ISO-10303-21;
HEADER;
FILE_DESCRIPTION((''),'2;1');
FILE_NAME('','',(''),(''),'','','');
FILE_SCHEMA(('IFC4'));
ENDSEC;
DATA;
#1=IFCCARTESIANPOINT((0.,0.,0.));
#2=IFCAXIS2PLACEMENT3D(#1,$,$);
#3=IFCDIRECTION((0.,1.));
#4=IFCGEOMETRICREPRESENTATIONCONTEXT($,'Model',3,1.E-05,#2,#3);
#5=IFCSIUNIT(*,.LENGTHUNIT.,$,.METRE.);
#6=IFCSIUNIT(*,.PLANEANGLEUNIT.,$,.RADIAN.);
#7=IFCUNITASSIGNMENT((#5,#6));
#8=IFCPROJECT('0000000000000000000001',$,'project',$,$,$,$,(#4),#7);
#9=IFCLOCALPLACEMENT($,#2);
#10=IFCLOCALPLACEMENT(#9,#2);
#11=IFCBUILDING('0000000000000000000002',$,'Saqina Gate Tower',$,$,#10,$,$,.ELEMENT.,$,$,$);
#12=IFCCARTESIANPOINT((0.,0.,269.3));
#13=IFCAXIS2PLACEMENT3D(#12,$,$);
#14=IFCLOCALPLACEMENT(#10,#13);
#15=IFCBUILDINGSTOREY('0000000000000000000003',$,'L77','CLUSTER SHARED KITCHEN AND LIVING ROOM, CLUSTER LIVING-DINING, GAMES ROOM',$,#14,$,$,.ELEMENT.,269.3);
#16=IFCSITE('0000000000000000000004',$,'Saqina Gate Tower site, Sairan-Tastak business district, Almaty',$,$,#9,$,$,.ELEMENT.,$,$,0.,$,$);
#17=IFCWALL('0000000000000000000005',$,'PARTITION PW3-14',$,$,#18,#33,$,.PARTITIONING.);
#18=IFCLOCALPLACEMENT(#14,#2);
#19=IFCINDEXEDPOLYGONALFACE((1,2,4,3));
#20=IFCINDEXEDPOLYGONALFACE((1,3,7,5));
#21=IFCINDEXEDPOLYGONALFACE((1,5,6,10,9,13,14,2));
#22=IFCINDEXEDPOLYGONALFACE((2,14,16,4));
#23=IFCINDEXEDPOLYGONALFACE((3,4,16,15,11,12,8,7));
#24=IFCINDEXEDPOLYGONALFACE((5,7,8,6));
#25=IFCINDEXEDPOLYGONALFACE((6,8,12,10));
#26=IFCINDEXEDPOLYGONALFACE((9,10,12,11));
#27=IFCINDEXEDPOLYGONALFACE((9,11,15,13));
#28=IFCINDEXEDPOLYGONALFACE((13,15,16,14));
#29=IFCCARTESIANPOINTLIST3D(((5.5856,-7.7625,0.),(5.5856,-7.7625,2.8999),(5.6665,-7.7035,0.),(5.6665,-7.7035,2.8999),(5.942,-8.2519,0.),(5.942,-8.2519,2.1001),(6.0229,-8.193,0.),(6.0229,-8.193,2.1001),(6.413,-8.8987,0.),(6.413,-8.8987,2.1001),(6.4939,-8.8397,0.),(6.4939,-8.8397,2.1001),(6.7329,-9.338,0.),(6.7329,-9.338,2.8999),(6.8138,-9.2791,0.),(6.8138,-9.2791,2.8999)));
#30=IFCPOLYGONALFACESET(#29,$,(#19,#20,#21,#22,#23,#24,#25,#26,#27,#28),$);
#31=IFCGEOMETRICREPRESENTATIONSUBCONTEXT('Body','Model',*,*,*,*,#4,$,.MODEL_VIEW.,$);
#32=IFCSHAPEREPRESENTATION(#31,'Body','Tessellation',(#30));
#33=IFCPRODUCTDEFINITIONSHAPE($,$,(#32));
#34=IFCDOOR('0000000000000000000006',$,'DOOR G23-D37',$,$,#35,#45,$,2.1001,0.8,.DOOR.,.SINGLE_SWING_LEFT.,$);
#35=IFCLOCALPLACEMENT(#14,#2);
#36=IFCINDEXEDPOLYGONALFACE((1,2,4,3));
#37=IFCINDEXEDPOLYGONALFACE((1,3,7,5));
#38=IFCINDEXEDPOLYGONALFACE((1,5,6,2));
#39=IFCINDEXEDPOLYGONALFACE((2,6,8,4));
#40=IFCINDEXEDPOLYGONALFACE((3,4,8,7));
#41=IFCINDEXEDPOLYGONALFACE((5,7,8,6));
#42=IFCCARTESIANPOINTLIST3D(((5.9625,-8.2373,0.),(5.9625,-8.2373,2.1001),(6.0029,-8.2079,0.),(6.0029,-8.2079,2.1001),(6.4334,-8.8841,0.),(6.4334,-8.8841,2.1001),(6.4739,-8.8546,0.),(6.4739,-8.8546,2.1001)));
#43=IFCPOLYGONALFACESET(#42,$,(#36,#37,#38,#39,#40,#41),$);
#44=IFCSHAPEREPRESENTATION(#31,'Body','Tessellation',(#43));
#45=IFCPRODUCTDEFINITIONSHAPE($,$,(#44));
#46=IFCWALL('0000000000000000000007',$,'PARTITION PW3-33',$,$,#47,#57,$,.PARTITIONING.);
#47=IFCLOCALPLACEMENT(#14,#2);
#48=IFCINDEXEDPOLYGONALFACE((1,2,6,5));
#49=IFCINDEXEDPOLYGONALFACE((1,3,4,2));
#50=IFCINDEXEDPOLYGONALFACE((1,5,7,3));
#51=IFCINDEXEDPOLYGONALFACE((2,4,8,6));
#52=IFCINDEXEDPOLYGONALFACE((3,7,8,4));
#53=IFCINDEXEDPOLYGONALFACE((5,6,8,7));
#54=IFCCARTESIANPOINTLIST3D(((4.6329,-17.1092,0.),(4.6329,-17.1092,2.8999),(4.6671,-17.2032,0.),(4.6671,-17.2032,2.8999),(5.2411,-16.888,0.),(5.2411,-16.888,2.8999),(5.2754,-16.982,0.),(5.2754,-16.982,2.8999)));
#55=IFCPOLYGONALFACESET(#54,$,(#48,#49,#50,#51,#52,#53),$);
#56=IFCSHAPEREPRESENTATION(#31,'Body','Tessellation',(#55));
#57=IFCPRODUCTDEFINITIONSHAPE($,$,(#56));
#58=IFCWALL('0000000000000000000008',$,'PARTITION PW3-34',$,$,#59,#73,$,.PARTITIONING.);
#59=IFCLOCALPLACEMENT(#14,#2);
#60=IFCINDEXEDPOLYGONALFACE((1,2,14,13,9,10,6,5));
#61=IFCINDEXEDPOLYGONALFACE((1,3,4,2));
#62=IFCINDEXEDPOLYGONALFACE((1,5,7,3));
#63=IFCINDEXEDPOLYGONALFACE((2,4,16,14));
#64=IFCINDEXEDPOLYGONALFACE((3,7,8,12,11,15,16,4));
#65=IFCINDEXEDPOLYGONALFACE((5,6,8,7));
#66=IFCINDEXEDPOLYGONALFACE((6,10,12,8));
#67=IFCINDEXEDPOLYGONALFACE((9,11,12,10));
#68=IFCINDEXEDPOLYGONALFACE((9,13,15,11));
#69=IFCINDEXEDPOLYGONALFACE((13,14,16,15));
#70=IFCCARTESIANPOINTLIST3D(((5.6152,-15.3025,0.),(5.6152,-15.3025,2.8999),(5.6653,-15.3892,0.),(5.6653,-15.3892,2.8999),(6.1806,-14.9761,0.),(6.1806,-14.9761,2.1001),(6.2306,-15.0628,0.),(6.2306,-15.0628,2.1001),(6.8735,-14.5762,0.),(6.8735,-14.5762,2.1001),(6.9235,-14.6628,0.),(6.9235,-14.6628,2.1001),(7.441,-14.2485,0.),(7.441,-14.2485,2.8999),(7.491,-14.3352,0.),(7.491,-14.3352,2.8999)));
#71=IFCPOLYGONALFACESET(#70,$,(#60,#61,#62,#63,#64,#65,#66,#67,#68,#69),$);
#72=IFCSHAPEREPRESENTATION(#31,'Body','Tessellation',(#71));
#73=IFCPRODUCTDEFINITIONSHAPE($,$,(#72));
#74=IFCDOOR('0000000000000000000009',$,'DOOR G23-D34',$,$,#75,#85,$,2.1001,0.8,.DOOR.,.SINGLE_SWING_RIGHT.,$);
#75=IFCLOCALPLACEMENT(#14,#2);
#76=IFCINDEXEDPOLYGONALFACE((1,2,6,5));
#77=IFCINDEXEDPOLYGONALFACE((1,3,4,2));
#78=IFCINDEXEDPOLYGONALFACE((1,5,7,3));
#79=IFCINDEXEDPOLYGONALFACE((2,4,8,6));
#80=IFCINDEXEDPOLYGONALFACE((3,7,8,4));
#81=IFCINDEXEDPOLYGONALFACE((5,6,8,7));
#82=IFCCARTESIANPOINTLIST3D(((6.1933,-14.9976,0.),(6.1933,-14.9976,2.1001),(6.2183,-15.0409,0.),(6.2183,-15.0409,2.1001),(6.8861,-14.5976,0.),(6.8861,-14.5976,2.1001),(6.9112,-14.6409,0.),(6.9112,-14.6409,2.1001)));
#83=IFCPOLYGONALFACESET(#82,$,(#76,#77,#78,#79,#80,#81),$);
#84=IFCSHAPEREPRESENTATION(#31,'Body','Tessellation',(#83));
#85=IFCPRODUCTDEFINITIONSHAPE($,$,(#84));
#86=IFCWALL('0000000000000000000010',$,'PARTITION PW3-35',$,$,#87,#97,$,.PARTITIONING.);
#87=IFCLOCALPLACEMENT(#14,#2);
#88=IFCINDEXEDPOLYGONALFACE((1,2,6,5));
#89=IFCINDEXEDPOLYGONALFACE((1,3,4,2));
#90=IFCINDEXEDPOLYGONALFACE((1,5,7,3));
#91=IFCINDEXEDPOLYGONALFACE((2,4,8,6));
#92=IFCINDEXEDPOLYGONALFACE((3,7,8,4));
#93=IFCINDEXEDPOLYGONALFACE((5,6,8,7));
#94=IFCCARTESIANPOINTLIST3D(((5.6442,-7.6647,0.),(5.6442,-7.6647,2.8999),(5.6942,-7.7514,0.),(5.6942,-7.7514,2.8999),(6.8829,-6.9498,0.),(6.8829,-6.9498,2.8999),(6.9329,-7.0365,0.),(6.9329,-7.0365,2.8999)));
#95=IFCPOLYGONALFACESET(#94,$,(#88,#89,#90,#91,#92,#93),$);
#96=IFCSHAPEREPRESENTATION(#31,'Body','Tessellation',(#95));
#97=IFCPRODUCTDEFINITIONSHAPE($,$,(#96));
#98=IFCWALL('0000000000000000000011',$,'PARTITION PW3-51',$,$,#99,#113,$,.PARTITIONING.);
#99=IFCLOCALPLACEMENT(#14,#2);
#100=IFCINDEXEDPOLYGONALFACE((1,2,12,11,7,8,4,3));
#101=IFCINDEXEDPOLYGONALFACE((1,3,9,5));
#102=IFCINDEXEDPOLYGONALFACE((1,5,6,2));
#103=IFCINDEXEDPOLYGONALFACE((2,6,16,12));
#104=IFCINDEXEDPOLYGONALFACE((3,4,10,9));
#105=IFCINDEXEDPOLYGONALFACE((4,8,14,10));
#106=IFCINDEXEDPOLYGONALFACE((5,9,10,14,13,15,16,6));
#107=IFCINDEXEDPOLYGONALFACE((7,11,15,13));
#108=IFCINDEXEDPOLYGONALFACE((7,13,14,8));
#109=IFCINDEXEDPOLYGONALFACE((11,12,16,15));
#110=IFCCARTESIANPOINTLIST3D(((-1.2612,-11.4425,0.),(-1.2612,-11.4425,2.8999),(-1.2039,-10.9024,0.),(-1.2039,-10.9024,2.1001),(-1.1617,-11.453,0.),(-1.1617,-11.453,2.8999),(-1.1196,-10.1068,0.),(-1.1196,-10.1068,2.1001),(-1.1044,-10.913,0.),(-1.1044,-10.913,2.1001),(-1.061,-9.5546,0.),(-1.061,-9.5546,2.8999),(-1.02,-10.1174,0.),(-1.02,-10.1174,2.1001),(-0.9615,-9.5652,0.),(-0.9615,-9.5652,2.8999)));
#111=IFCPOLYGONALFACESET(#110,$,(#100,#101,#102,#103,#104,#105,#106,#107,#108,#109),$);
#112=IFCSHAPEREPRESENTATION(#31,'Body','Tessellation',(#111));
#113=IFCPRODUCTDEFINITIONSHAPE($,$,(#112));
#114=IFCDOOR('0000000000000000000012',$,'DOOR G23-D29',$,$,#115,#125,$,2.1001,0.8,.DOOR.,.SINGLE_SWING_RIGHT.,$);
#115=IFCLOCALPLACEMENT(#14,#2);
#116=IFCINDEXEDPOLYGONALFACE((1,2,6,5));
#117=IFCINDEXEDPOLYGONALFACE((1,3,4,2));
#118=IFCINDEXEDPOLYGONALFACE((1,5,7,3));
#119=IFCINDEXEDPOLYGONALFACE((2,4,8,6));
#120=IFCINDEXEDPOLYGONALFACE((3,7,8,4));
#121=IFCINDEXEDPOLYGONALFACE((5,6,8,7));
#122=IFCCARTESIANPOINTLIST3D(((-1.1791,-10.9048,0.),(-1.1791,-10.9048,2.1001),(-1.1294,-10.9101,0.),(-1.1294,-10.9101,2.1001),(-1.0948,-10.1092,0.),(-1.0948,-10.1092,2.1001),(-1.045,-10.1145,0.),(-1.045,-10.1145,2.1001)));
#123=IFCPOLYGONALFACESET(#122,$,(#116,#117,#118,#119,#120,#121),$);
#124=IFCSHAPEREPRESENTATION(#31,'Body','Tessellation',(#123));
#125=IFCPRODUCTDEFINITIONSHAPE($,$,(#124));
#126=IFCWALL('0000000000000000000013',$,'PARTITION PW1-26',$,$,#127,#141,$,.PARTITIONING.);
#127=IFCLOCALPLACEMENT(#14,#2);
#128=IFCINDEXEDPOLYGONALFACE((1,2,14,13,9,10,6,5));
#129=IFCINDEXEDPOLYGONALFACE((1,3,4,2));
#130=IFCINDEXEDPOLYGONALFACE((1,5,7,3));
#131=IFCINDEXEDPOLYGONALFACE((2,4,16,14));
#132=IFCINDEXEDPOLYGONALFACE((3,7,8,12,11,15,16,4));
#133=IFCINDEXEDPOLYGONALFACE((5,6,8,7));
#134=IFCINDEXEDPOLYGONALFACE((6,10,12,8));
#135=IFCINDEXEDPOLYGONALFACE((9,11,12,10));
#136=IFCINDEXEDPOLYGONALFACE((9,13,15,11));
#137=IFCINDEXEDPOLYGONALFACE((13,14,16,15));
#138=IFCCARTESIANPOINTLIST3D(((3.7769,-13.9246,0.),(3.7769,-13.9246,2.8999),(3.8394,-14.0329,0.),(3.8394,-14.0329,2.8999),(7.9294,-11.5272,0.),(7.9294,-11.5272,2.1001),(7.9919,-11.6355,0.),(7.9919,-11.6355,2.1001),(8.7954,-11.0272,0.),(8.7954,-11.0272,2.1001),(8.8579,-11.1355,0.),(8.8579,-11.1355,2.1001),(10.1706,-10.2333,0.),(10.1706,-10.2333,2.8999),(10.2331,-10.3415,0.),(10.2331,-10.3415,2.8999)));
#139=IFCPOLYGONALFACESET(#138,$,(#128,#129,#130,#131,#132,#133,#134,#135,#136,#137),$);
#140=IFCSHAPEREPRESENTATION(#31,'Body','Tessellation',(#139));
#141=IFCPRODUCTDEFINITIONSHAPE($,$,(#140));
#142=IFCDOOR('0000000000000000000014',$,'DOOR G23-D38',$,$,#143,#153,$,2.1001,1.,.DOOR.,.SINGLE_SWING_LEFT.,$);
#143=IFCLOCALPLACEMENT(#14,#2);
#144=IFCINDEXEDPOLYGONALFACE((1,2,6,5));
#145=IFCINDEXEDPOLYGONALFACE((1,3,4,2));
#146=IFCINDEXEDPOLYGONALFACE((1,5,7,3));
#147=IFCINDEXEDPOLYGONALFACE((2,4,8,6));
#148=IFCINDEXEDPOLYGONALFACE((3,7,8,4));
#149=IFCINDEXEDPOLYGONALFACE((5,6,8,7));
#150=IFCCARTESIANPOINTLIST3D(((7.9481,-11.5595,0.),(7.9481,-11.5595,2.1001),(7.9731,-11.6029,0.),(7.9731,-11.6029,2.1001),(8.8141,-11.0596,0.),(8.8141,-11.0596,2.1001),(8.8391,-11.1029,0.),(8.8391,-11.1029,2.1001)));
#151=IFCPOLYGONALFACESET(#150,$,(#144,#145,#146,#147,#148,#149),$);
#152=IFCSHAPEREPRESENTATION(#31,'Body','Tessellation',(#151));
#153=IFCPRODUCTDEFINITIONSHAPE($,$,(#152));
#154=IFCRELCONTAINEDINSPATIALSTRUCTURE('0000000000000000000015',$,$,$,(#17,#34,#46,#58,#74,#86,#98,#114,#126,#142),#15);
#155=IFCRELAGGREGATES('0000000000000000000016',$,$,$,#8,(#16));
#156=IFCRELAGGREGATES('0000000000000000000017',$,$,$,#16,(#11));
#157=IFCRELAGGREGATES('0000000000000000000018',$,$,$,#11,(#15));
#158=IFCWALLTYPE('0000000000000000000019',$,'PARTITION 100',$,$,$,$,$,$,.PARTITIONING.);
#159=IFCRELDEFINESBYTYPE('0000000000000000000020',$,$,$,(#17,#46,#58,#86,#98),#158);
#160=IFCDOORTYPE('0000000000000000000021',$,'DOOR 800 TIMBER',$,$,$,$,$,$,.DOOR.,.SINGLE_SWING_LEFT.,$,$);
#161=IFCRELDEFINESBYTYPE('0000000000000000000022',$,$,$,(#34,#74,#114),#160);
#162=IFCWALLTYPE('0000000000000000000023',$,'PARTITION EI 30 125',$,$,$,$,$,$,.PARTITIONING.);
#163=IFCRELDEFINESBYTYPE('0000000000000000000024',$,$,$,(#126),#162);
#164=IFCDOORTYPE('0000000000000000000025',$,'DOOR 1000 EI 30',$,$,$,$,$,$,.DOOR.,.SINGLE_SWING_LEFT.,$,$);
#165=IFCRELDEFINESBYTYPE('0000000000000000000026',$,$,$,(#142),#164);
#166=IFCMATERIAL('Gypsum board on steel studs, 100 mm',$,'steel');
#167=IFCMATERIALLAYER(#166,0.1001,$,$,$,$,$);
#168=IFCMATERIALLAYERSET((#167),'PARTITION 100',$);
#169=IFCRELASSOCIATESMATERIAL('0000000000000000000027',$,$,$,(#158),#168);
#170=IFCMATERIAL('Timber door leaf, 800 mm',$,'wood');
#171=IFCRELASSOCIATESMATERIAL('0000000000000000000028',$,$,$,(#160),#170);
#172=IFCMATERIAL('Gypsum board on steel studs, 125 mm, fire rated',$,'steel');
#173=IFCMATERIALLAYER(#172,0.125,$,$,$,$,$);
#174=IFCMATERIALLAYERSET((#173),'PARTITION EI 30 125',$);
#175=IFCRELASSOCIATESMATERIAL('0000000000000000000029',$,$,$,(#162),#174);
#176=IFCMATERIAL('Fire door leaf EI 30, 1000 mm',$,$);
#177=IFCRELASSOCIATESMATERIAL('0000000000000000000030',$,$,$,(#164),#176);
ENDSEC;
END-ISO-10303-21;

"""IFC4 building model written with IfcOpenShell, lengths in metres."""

from ifc_helpers import new_model, si_unit, direction, frame, frame_2d, origin, place, context, subcontext, project, spatial, rectangle, extrude, material, layer, layer_set, type_object, element, fill, save


model = new_model("IFC4")

# Units and contexts
model_context = context("Model", 3, precision=1e-05, world=origin(), true_north=direction((0.0, 1.0)))
body_context = subcontext(model_context, "Body", "Model", "MODEL_VIEW")
ifc_project = project(units=[si_unit("LENGTHUNIT", "METRE"), si_unit("PLANEANGLEUNIT", "RADIAN")], contexts=[model_context])

# Site, building, storey
site_placement = place(None, origin())
site = spatial("IfcSite", under=ifc_project, at=site_placement, Name="Saqina Gate Tower site, Sairan-Tastak business district, Almaty", CompositionType="ELEMENT", RefElevation=0.0)
building_placement = place(site_placement, origin())
building = spatial("IfcBuilding", under=site, at=building_placement, Name="Saqina Gate Tower", CompositionType="ELEMENT")
storey_placement = place(building_placement, frame((0.0, 0.0, 269.3)))
storey = spatial("IfcBuildingStorey", under=building, at=storey_placement, Name="L77", Description="CLUSTER SHARED KITCHEN AND LIVING ROOM, CLUSTER LIVING-DINING, GAMES ROOM", CompositionType="ELEMENT", Elevation=269.3)

# Shared definitions
ifc_material_1 = material(Name="Gypsum board on steel studs, 100 mm", Category="steel")
ifc_layer_1 = layer(ifc_material_1, 0.1001)
ifc_layer_set_1 = layer_set([ifc_layer_1], Name="PARTITION 100")
wall_type_1 = type_object("IfcWallType", Name="PARTITION 100", PredefinedType="PARTITIONING", material=ifc_layer_set_1)

# Wall, opening, door
wall_1_placement = place(storey_placement, frame((5.626, -7.7329, 0.0), z_axis=(0.0, 0.0, 1.0), x_axis=(0.588656, -0.808384, 0.0)))
wall_1 = element("IfcWall", 1, at=wall_1_placement, inside=storey, type_object=wall_type_1, Name="PARTITION PW3-14", PredefinedType="PARTITIONING", context=body_context, shape_type="SweptSolid", body=[
    extrude(rectangle(XDim=1.949, YDim=0.1001, at=frame_2d((0.9746, 0.0))), origin(), (0.0, 0.0, 1.0), 2.8999),
])
opening_1_placement = place(wall_1_placement, frame((0.6057, 0.0, 0.0)))
opening_1 = element("IfcOpeningElement", 2, at=opening_1_placement, cuts=wall_1, PredefinedType="OPENING", context=body_context, shape_type="SweptSolid", body=[
    extrude(rectangle(XDim=0.8, YDim=2.1001, at=frame_2d((0.3999, 1.05))), frame((0.0, 0.062, 0.0), z_axis=(0.0, -1.0, 0.0), x_axis=(1.0, 0.0, 0.0)), (0.0, 0.0, 1.0), 0.124),
])
ifc_material_2 = material(Name="Timber door leaf, 800 mm", Category="wood")
door_type_1 = type_object("IfcDoorType", Name="DOOR 800 TIMBER", OperationType="SINGLE_SWING_LEFT", PredefinedType="DOOR", material=ifc_material_2)
door_1_placement = place(opening_1_placement, frame((0.8, 0.0, 0.0), z_axis=(0.0, 0.0, 1.0), x_axis=(-1.0, 0.0, 0.0)))
door_1 = element("IfcDoor", 3, at=door_1_placement, inside=storey, type_object=door_type_1, Name="DOOR G23-D37", OperationType="SINGLE_SWING_LEFT", OverallHeight=2.1001, OverallWidth=0.8, PredefinedType="DOOR", context=body_context, shape_type="SweptSolid", body=[
    extrude(rectangle(XDim=0.8, YDim=2.1001, at=frame_2d((0.3999, 1.05))), frame((0.0, 0.0249, 0.0), z_axis=(0.0, -1.0, 0.0), x_axis=(1.0, 0.0, 0.0)), (0.0, 0.0, 1.0), 0.05),
])
fill(opening_1, door_1)

# Wall
wall_2_placement = place(storey_placement, frame((4.6499, -17.1562, 0.0), z_axis=(0.0, 0.0, 1.0), x_axis=(0.939771, 0.341804, 0.0)))
element("IfcWall", 4, at=wall_2_placement, inside=storey, type_object=wall_type_1, Name="PARTITION PW3-33", PredefinedType="PARTITIONING", context=body_context, shape_type="SweptSolid", body=[
    extrude(rectangle(XDim=0.6472, YDim=0.1001, at=frame_2d((0.3237, 0.0))), origin(), (0.0, 0.0, 1.0), 2.8999),
])

# Wall, opening, door
wall_3_placement = place(storey_placement, frame((5.6401, -15.3459, 0.0), z_axis=(0.0, 0.0, 1.0), x_axis=(0.866047, 0.499963, 0.0)))
wall_3 = element("IfcWall", 5, at=wall_3_placement, inside=storey, type_object=wall_type_1, Name="PARTITION PW3-34", PredefinedType="PARTITIONING", context=body_context, shape_type="SweptSolid", body=[
    extrude(rectangle(XDim=2.1082, YDim=0.1001, at=frame_2d((1.0542, 0.0))), origin(), (0.0, 0.0, 1.0), 2.8999),
])
opening_2_placement = place(wall_3_placement, frame((0.6531, 0.0, 0.0)))
opening_2 = element("IfcOpeningElement", 6, at=opening_2_placement, cuts=wall_3, PredefinedType="OPENING", context=body_context, shape_type="SweptSolid", body=[
    extrude(rectangle(XDim=0.8, YDim=2.1001, at=frame_2d((0.3999, 1.05))), frame((0.0, 0.062, 0.0), z_axis=(0.0, -1.0, 0.0), x_axis=(1.0, 0.0, 0.0)), (0.0, 0.0, 1.0), 0.124),
])
door_2_placement = place(opening_2_placement, frame((0.8, 0.0, 0.0), z_axis=(0.0, 0.0, 1.0), x_axis=(-1.0, 0.0, 0.0)))
door_2 = element("IfcDoor", 7, at=door_2_placement, inside=storey, type_object=door_type_1, Name="DOOR G23-D34", OperationType="SINGLE_SWING_RIGHT", OverallHeight=2.1001, OverallWidth=0.8, PredefinedType="DOOR", context=body_context, shape_type="SweptSolid", body=[
    extrude(rectangle(XDim=0.8, YDim=2.1001, at=frame_2d((0.3999, 1.05))), frame((0.0, 0.0249, 0.0), z_axis=(0.0, -1.0, 0.0), x_axis=(1.0, 0.0, 0.0)), (0.0, 0.0, 1.0), 0.05),
])
fill(opening_2, door_2)

# Wall
wall_4_placement = place(storey_placement, frame((5.6692, -7.708, 0.0), z_axis=(0.0, 0.0, 1.0), x_axis=(0.866134, 0.499811, 0.0)))
element("IfcWall", 8, at=wall_4_placement, inside=storey, type_object=wall_type_1, Name="PARTITION PW3-35", PredefinedType="PARTITIONING", context=body_context, shape_type="SweptSolid", body=[
    extrude(rectangle(XDim=1.4302, YDim=0.1001, at=frame_2d((0.7151, 0.0))), origin(), (0.0, 0.0, 1.0), 2.8999),
])

# Walls, openings, doors
wall_5_placement = place(storey_placement, frame((-1.2114, -11.4478, 0.0), z_axis=(0.0, 0.0, 1.0), x_axis=(0.105448, 0.994425, 0.0)))
wall_5 = element("IfcWall", 9, at=wall_5_placement, inside=storey, type_object=wall_type_1, Name="PARTITION PW3-51", PredefinedType="PARTITIONING", context=body_context, shape_type="SweptSolid", body=[
    extrude(rectangle(XDim=1.8984, YDim=0.1001, at=frame_2d((0.9492, 0.0))), origin(), (0.0, 0.0, 1.0), 2.8999),
])
opening_3_placement = place(wall_5_placement, frame((0.5432, 0.0, 0.0)))
opening_3 = element("IfcOpeningElement", 10, at=opening_3_placement, cuts=wall_5, PredefinedType="OPENING", context=body_context, shape_type="SweptSolid", body=[
    extrude(rectangle(XDim=0.8, YDim=2.1001, at=frame_2d((0.3999, 1.05))), frame((0.0, 0.062, 0.0), z_axis=(0.0, -1.0, 0.0), x_axis=(1.0, 0.0, 0.0)), (0.0, 0.0, 1.0), 0.124),
])
door_3_placement = place(opening_3_placement, frame((0.8, 0.0, 0.0), z_axis=(0.0, 0.0, 1.0), x_axis=(-1.0, 0.0, 0.0)))
door_3 = element("IfcDoor", 11, at=door_3_placement, inside=storey, type_object=door_type_1, Name="DOOR G23-D29", OperationType="SINGLE_SWING_RIGHT", OverallHeight=2.1001, OverallWidth=0.8, PredefinedType="DOOR", context=body_context, shape_type="SweptSolid", body=[
    extrude(rectangle(XDim=0.8, YDim=2.1001, at=frame_2d((0.3999, 1.05))), frame((0.0, 0.0249, 0.0), z_axis=(0.0, -1.0, 0.0), x_axis=(1.0, 0.0, 0.0)), (0.0, 0.0, 1.0), 0.05),
])
fill(opening_3, door_3)
ifc_material_3 = material(Name="Gypsum board on steel studs, 125 mm, fire rated", Category="steel")
ifc_layer_2 = layer(ifc_material_3, 0.125)
ifc_layer_set_2 = layer_set([ifc_layer_2], Name="PARTITION EI 30 125")
wall_type_2 = type_object("IfcWallType", Name="PARTITION EI 30 125", PredefinedType="PARTITIONING", material=ifc_layer_set_2)
wall_6_placement = place(storey_placement, frame((3.8081, -13.9788, 0.0), z_axis=(0.0, 0.0, 1.0), x_axis=(0.866029, 0.499994, 0.0)))
wall_6 = element("IfcWall", 12, at=wall_6_placement, inside=storey, type_object=wall_type_2, Name="PARTITION PW1-26", PredefinedType="PARTITIONING", context=body_context, shape_type="SweptSolid", body=[
    extrude(rectangle(XDim=7.3828, YDim=0.125, at=frame_2d((3.6914, 0.0))), origin(), (0.0, 0.0, 1.0), 2.8999),
])
opening_4_placement = place(wall_6_placement, frame((4.7949, 0.0, 0.0)))
opening_4 = element("IfcOpeningElement", 13, at=opening_4_placement, cuts=wall_6, PredefinedType="OPENING", context=body_context, shape_type="SweptSolid", body=[
    extrude(rectangle(XDim=1.0, YDim=2.1001, at=frame_2d((0.5, 1.05))), frame((0.0, 0.0745, 0.0), z_axis=(0.0, -1.0, 0.0), x_axis=(1.0, 0.0, 0.0)), (0.0, 0.0, 1.0), 0.1489),
])
ifc_material_4 = material(Name="Fire door leaf EI 30, 1000 mm")
door_type_2 = type_object("IfcDoorType", Name="DOOR 1000 EI 30", OperationType="SINGLE_SWING_LEFT", PredefinedType="DOOR", material=ifc_material_4)
door_4_placement = place(opening_4_placement, frame((1.0, 0.0, 0.0), z_axis=(0.0, 0.0, 1.0), x_axis=(-1.0, 0.0, 0.0)))
door_4 = element("IfcDoor", 14, at=door_4_placement, inside=storey, type_object=door_type_2, Name="DOOR G23-D38", OperationType="SINGLE_SWING_LEFT", OverallHeight=2.1001, OverallWidth=1.0, PredefinedType="DOOR", context=body_context, shape_type="SweptSolid", body=[
    extrude(rectangle(XDim=1.0, YDim=2.1001, at=frame_2d((0.5, 1.05))), frame((0.0, 0.0249, 0.0), z_axis=(0.0, -1.0, 0.0), x_axis=(1.0, 0.0, 0.0)), (0.0, 0.0, 1.0), 0.05),
])
fill(opening_4, door_4)

save(model, "model.ifc")
